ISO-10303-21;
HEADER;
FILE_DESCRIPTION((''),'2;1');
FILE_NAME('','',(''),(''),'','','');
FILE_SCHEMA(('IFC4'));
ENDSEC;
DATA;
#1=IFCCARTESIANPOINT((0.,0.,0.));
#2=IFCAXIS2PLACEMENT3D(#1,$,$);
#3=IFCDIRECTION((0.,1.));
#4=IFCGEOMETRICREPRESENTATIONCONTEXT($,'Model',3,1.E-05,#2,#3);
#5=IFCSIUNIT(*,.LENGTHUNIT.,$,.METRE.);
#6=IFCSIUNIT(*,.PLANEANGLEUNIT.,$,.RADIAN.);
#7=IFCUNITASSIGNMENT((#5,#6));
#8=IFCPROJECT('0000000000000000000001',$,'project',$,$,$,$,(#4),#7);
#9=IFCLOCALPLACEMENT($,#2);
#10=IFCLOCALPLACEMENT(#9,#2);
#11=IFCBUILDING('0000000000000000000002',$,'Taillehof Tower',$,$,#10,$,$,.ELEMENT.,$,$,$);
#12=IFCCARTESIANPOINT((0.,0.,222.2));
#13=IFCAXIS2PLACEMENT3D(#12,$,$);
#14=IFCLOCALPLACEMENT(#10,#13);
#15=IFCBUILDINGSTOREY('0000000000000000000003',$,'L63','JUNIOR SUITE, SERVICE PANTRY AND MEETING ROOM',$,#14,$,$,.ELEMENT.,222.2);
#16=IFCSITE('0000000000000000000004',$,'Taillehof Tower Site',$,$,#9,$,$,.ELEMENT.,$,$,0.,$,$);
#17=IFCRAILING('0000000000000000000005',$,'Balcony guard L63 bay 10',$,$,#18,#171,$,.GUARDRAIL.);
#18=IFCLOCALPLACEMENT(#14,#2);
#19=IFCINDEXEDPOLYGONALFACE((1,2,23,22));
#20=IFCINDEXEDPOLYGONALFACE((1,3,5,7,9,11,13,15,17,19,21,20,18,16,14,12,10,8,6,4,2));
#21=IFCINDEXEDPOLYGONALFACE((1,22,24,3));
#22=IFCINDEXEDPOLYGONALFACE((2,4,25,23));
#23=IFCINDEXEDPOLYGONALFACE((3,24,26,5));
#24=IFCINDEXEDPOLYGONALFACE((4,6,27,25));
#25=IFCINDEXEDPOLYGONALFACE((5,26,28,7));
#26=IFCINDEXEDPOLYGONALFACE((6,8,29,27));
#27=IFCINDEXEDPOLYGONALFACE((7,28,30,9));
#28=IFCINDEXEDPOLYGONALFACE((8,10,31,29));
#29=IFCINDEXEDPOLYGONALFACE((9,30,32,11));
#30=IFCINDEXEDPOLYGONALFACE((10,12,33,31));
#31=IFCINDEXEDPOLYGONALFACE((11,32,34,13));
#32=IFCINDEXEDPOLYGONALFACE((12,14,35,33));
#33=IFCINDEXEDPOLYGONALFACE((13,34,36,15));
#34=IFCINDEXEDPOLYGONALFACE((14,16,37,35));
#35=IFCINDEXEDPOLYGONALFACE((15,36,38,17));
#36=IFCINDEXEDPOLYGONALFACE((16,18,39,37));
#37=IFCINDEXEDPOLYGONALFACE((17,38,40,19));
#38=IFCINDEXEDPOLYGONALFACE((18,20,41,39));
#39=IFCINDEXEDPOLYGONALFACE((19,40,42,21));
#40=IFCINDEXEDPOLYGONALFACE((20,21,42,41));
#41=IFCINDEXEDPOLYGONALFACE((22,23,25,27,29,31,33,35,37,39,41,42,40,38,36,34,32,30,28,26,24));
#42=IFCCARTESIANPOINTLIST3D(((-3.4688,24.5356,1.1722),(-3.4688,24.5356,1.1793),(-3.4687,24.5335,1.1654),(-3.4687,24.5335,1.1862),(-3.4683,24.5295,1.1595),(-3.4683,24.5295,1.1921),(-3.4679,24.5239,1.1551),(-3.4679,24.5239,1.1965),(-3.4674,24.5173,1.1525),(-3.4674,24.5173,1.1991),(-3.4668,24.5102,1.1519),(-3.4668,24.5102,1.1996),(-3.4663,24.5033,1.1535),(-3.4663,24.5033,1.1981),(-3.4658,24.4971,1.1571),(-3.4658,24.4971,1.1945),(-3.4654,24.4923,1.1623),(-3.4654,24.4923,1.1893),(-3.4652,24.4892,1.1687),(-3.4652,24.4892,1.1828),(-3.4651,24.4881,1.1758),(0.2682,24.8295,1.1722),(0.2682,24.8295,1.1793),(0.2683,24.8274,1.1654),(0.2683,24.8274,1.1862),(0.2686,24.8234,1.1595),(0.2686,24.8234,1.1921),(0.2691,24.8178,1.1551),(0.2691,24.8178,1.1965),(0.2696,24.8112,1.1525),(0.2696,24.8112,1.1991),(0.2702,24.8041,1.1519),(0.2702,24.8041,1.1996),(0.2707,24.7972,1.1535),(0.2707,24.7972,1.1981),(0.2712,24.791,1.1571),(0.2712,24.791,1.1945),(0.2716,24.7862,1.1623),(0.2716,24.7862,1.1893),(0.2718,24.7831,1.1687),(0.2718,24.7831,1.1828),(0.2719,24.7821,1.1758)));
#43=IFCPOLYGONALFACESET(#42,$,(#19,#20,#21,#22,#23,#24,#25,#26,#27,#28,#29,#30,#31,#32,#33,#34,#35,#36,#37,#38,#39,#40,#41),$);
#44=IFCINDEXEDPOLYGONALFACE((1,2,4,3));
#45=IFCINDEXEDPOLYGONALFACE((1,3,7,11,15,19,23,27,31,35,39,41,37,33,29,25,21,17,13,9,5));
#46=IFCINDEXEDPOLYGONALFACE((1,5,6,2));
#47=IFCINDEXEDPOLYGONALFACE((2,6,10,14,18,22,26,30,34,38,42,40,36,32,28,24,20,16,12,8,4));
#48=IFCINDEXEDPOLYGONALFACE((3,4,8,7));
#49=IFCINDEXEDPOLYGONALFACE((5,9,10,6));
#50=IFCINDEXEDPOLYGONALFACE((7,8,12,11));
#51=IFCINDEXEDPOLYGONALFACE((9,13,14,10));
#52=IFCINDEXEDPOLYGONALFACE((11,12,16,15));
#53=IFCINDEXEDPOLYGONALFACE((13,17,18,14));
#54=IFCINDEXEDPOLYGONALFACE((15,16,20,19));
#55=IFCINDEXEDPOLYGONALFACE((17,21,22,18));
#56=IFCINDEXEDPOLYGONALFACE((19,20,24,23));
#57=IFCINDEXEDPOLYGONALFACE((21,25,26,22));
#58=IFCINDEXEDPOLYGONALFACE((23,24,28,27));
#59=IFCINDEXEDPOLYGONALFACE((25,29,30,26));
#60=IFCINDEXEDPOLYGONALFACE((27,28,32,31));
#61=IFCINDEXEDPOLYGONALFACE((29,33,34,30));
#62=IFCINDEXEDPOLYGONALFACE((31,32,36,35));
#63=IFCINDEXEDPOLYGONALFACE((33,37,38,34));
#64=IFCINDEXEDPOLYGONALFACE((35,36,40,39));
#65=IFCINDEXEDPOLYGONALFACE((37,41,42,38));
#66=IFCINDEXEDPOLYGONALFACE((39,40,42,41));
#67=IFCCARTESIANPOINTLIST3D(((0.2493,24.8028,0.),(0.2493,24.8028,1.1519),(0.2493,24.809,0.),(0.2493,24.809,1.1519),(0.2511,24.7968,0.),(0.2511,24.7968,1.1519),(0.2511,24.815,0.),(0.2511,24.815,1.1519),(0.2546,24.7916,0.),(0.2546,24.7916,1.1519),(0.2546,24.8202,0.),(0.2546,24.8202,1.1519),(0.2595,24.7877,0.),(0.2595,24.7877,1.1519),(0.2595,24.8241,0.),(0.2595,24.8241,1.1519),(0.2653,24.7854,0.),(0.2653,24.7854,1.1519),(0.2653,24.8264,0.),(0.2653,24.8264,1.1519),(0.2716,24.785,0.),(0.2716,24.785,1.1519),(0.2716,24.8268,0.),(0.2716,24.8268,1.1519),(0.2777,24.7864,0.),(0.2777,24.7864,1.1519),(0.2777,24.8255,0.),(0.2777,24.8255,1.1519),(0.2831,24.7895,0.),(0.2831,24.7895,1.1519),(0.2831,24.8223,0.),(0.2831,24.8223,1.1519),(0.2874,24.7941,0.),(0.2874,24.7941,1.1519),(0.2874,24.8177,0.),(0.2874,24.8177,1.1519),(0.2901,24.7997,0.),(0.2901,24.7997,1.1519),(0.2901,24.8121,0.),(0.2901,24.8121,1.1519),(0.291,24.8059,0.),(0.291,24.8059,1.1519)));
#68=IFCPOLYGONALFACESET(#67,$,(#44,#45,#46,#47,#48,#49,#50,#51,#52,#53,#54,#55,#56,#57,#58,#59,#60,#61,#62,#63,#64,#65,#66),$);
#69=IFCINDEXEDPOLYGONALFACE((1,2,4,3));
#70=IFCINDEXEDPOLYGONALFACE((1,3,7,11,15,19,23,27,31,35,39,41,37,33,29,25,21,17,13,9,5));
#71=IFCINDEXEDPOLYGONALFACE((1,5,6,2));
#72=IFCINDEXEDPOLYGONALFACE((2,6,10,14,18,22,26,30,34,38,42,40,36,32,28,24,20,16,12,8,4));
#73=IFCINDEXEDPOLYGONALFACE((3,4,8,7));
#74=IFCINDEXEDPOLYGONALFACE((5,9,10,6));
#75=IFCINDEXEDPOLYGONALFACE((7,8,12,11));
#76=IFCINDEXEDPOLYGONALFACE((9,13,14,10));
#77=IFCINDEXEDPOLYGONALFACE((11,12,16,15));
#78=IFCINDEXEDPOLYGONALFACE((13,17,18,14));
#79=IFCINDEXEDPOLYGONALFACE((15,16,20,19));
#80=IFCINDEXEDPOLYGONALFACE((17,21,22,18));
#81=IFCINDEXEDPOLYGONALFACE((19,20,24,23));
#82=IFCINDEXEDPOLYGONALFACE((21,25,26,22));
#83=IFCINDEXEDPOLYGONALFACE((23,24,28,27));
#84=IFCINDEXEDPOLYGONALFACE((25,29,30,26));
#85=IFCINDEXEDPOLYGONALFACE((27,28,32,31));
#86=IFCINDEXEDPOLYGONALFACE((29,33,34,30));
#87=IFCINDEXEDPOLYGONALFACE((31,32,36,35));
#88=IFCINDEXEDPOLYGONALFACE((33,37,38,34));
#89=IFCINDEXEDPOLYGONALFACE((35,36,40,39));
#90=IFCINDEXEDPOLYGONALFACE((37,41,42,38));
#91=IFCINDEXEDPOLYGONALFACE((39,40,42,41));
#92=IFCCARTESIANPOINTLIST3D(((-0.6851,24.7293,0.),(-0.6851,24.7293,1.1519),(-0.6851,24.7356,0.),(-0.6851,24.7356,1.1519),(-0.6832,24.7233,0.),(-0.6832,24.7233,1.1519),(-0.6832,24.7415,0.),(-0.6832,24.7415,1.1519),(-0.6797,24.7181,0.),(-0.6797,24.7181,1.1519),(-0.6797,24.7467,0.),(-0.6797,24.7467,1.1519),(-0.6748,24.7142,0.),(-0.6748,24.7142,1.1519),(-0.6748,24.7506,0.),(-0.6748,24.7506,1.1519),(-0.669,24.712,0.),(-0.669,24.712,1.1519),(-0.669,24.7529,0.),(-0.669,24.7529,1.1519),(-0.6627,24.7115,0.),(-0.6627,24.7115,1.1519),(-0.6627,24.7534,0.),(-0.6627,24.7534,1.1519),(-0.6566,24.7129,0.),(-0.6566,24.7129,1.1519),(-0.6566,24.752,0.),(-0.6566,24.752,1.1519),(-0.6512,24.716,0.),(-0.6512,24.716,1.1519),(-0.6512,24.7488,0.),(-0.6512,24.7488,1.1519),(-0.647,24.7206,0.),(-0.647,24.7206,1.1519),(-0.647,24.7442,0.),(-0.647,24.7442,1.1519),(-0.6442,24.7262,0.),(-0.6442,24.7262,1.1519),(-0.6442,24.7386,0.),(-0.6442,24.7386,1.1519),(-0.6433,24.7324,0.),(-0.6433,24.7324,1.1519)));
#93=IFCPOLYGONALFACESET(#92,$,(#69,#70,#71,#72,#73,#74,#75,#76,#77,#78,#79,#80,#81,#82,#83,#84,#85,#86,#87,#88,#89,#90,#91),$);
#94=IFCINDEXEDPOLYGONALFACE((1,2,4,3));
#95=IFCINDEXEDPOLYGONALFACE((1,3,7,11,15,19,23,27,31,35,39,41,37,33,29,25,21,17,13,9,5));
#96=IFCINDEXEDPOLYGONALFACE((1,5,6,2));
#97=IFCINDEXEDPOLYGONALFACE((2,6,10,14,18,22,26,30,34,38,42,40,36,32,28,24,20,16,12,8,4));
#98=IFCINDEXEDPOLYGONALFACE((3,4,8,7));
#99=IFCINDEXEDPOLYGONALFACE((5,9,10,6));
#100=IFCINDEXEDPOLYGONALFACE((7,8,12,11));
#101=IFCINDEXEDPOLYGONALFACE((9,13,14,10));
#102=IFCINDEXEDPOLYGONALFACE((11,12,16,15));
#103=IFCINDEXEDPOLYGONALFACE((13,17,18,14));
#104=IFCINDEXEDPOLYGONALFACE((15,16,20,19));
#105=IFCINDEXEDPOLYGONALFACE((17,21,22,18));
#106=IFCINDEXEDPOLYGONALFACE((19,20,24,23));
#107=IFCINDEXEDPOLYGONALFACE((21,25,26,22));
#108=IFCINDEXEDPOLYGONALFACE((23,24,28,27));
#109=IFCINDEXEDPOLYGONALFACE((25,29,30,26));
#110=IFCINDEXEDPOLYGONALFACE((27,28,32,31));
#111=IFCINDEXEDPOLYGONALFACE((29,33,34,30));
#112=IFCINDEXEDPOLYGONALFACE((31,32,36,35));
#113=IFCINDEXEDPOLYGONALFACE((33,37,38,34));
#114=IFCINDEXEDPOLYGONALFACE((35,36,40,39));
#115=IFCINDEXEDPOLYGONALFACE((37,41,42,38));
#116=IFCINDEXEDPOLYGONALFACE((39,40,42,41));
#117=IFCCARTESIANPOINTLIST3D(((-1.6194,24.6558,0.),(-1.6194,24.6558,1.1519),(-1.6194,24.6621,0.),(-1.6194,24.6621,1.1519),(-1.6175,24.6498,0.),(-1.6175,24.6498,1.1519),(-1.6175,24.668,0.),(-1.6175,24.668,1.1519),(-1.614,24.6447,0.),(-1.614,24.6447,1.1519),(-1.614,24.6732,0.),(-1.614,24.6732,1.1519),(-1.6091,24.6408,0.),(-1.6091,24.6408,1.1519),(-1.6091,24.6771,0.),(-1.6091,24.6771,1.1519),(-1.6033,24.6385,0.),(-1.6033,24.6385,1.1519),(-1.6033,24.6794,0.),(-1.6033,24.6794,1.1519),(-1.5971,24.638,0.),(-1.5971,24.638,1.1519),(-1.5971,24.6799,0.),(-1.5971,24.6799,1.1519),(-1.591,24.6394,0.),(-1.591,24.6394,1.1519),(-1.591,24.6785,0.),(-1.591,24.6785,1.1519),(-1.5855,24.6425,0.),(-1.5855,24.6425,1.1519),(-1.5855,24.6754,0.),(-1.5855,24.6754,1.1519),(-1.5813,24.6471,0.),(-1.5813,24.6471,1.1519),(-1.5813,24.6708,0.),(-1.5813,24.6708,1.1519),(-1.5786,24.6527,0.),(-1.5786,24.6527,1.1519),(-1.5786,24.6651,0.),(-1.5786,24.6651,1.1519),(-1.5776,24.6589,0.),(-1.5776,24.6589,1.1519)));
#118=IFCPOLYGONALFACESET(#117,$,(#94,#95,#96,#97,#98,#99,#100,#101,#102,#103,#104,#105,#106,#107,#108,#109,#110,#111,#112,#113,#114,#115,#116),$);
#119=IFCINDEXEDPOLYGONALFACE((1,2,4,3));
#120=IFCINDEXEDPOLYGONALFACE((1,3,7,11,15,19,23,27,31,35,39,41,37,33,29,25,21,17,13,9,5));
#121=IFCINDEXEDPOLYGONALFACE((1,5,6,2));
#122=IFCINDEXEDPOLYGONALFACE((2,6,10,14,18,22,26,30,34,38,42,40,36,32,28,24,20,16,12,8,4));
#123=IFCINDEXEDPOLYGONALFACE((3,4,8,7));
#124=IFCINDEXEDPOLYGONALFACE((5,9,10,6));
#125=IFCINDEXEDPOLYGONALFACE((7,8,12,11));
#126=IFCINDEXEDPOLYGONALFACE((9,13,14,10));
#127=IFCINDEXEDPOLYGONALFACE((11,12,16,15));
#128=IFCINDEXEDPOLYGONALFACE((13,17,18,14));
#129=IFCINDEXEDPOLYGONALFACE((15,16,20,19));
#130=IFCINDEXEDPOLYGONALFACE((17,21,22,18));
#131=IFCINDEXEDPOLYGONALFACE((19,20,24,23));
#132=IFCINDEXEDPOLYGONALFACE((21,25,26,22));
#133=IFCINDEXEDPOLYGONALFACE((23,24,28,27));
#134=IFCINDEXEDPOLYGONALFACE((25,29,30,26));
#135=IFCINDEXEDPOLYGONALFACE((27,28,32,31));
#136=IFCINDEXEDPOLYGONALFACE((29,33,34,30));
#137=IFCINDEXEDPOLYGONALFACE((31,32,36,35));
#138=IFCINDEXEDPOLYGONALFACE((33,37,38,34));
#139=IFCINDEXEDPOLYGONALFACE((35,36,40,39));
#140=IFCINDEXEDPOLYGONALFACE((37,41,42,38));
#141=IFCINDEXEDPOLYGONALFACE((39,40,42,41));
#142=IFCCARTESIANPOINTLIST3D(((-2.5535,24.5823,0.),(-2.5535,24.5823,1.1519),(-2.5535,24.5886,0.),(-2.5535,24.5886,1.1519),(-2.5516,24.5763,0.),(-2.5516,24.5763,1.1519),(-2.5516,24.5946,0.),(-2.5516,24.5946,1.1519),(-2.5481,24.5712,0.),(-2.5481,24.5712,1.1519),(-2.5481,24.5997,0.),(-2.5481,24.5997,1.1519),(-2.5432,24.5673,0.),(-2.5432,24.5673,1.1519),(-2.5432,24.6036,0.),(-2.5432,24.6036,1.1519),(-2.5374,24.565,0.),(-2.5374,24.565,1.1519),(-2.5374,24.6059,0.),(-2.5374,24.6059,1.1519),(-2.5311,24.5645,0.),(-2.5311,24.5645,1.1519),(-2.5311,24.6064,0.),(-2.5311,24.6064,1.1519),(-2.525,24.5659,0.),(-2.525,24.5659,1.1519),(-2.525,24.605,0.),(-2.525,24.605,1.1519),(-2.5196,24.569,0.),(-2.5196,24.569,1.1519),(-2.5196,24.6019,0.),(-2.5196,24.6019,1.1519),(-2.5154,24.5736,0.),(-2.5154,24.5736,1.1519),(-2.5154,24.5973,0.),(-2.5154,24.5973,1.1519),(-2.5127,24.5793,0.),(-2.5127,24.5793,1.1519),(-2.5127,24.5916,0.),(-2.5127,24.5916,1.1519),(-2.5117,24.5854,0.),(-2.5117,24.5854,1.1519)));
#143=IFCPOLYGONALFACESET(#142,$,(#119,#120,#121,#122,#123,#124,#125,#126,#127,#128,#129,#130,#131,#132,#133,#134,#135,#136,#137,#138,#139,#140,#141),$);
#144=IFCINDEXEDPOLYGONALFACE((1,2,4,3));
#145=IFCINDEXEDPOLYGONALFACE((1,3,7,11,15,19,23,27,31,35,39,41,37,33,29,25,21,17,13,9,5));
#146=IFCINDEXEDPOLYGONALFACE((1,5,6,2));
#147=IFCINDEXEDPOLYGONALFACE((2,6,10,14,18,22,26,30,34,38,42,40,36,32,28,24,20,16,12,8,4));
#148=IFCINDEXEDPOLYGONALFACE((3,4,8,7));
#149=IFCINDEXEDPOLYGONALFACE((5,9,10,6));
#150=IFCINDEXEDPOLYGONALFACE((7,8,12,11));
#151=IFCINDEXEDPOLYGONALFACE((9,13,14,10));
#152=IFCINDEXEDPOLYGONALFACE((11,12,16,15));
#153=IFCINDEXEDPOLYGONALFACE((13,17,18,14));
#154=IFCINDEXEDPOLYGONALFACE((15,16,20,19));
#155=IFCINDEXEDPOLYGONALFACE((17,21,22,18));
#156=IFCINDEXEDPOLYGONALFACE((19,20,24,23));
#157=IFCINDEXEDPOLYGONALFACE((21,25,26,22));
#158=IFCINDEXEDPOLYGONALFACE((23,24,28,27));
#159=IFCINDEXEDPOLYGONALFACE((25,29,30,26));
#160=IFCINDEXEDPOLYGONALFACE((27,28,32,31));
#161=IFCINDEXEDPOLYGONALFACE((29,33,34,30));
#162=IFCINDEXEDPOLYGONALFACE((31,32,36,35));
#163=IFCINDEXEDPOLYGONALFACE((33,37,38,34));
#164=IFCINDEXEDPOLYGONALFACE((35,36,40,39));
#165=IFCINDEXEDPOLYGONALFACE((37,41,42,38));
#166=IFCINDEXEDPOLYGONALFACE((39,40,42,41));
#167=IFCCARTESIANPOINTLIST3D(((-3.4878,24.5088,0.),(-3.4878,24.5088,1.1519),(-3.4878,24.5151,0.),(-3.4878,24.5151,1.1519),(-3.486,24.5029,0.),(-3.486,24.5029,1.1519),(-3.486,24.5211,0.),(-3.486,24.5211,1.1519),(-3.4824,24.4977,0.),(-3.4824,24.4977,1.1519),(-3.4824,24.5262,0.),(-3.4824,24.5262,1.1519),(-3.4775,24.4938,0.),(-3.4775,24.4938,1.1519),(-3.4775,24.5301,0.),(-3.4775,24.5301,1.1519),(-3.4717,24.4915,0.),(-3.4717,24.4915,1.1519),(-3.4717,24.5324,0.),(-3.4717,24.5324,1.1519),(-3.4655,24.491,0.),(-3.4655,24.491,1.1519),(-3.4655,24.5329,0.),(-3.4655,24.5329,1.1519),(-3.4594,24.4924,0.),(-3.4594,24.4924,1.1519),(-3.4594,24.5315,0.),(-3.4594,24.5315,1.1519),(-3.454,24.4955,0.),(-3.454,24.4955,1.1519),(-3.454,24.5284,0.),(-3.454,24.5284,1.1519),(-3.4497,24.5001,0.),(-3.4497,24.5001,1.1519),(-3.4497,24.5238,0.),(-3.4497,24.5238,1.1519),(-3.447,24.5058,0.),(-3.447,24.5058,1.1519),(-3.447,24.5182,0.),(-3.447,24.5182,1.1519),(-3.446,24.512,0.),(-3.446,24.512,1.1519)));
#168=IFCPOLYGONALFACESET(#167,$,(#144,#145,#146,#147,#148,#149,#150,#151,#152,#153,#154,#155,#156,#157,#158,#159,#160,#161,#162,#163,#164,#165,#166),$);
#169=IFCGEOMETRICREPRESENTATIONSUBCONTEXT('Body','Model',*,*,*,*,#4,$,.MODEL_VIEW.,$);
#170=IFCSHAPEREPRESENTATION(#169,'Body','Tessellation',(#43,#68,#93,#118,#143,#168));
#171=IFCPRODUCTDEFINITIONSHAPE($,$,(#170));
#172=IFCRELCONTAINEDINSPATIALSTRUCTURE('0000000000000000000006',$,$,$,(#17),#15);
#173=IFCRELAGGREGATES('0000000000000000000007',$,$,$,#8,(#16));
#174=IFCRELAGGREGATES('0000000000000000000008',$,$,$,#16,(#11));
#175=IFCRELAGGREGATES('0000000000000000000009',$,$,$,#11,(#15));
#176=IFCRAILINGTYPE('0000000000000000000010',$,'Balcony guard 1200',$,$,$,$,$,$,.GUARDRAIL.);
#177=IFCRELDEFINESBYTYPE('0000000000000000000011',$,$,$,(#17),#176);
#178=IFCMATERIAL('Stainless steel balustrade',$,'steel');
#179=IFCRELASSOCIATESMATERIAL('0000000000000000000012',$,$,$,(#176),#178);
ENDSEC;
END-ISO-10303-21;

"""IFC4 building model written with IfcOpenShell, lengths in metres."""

from ifc_helpers import new_model, si_unit, direction, frame, origin, origin_2d, place, context, subcontext, project, spatial, circle, extrude, material, type_object, element, save


model = new_model("IFC4")

# Units and contexts
model_context = context("Model", 3, precision=1e-05, world=origin(), true_north=direction((0.0, 1.0)))
body_context = subcontext(model_context, "Body", "Model", "MODEL_VIEW")
ifc_project = project(units=[si_unit("LENGTHUNIT", "METRE"), si_unit("PLANEANGLEUNIT", "RADIAN")], contexts=[model_context])

# Site, building, storey
site_placement = place(None, origin())
site = spatial("IfcSite", under=ifc_project, at=site_placement, Name="Taillehof Tower Site", CompositionType="ELEMENT", RefElevation=0.0)
building_placement = place(site_placement, origin())
building = spatial("IfcBuilding", under=site, at=building_placement, Name="Taillehof Tower", CompositionType="ELEMENT")
storey_placement = place(building_placement, frame((0.0, 0.0, 222.2)))
storey = spatial("IfcBuildingStorey", under=building, at=storey_placement, Name="L63", Description="JUNIOR SUITE, SERVICE PANTRY AND MEETING ROOM", CompositionType="ELEMENT", Elevation=222.2)

# Railing
ifc_material_1 = material(Name="Stainless steel balustrade", Category="steel")
railing_type = type_object("IfcRailingType", Name="Balcony guard 1200", PredefinedType="GUARDRAIL", material=ifc_material_1)
railing_1_placement = place(storey_placement, frame((0.27, 24.8059, 0.0)))
element("IfcRailing", 1, at=railing_1_placement, inside=storey, type_object=railing_type, Name="Balcony guard L63 bay 10", PredefinedType="GUARDRAIL", context=body_context, shape_type="SweptSolid", body=[
    extrude(circle(Radius=0.0239, at=origin_2d()), frame((0.0, 0.0, 1.1758), z_axis=(-0.996921, -0.078415, 0.0), x_axis=(0.078415, -0.996921, 0.0)), (0.0, 0.0, 1.0), 3.7485),
    extrude(circle(Radius=0.021, at=origin_2d()), origin(), (0.0, 0.0, 1.0), 1.1519),
    extrude(circle(Radius=0.021, at=origin_2d()), frame((-0.9343, -0.0735, 0.0)), (0.0, 0.0, 1.0), 1.1519),
    extrude(circle(Radius=0.021, at=origin_2d()), frame((-1.8687, -0.147, 0.0)), (0.0, 0.0, 1.0), 1.1519),
    extrude(circle(Radius=0.021, at=origin_2d()), frame((-2.8027, -0.2205, 0.0)), (0.0, 0.0, 1.0), 1.1519),
    extrude(circle(Radius=0.021, at=origin_2d()), frame((-3.7371, -0.2939, 0.0)), (0.0, 0.0, 1.0), 1.1519),
])

save(model, "model.ifc")
